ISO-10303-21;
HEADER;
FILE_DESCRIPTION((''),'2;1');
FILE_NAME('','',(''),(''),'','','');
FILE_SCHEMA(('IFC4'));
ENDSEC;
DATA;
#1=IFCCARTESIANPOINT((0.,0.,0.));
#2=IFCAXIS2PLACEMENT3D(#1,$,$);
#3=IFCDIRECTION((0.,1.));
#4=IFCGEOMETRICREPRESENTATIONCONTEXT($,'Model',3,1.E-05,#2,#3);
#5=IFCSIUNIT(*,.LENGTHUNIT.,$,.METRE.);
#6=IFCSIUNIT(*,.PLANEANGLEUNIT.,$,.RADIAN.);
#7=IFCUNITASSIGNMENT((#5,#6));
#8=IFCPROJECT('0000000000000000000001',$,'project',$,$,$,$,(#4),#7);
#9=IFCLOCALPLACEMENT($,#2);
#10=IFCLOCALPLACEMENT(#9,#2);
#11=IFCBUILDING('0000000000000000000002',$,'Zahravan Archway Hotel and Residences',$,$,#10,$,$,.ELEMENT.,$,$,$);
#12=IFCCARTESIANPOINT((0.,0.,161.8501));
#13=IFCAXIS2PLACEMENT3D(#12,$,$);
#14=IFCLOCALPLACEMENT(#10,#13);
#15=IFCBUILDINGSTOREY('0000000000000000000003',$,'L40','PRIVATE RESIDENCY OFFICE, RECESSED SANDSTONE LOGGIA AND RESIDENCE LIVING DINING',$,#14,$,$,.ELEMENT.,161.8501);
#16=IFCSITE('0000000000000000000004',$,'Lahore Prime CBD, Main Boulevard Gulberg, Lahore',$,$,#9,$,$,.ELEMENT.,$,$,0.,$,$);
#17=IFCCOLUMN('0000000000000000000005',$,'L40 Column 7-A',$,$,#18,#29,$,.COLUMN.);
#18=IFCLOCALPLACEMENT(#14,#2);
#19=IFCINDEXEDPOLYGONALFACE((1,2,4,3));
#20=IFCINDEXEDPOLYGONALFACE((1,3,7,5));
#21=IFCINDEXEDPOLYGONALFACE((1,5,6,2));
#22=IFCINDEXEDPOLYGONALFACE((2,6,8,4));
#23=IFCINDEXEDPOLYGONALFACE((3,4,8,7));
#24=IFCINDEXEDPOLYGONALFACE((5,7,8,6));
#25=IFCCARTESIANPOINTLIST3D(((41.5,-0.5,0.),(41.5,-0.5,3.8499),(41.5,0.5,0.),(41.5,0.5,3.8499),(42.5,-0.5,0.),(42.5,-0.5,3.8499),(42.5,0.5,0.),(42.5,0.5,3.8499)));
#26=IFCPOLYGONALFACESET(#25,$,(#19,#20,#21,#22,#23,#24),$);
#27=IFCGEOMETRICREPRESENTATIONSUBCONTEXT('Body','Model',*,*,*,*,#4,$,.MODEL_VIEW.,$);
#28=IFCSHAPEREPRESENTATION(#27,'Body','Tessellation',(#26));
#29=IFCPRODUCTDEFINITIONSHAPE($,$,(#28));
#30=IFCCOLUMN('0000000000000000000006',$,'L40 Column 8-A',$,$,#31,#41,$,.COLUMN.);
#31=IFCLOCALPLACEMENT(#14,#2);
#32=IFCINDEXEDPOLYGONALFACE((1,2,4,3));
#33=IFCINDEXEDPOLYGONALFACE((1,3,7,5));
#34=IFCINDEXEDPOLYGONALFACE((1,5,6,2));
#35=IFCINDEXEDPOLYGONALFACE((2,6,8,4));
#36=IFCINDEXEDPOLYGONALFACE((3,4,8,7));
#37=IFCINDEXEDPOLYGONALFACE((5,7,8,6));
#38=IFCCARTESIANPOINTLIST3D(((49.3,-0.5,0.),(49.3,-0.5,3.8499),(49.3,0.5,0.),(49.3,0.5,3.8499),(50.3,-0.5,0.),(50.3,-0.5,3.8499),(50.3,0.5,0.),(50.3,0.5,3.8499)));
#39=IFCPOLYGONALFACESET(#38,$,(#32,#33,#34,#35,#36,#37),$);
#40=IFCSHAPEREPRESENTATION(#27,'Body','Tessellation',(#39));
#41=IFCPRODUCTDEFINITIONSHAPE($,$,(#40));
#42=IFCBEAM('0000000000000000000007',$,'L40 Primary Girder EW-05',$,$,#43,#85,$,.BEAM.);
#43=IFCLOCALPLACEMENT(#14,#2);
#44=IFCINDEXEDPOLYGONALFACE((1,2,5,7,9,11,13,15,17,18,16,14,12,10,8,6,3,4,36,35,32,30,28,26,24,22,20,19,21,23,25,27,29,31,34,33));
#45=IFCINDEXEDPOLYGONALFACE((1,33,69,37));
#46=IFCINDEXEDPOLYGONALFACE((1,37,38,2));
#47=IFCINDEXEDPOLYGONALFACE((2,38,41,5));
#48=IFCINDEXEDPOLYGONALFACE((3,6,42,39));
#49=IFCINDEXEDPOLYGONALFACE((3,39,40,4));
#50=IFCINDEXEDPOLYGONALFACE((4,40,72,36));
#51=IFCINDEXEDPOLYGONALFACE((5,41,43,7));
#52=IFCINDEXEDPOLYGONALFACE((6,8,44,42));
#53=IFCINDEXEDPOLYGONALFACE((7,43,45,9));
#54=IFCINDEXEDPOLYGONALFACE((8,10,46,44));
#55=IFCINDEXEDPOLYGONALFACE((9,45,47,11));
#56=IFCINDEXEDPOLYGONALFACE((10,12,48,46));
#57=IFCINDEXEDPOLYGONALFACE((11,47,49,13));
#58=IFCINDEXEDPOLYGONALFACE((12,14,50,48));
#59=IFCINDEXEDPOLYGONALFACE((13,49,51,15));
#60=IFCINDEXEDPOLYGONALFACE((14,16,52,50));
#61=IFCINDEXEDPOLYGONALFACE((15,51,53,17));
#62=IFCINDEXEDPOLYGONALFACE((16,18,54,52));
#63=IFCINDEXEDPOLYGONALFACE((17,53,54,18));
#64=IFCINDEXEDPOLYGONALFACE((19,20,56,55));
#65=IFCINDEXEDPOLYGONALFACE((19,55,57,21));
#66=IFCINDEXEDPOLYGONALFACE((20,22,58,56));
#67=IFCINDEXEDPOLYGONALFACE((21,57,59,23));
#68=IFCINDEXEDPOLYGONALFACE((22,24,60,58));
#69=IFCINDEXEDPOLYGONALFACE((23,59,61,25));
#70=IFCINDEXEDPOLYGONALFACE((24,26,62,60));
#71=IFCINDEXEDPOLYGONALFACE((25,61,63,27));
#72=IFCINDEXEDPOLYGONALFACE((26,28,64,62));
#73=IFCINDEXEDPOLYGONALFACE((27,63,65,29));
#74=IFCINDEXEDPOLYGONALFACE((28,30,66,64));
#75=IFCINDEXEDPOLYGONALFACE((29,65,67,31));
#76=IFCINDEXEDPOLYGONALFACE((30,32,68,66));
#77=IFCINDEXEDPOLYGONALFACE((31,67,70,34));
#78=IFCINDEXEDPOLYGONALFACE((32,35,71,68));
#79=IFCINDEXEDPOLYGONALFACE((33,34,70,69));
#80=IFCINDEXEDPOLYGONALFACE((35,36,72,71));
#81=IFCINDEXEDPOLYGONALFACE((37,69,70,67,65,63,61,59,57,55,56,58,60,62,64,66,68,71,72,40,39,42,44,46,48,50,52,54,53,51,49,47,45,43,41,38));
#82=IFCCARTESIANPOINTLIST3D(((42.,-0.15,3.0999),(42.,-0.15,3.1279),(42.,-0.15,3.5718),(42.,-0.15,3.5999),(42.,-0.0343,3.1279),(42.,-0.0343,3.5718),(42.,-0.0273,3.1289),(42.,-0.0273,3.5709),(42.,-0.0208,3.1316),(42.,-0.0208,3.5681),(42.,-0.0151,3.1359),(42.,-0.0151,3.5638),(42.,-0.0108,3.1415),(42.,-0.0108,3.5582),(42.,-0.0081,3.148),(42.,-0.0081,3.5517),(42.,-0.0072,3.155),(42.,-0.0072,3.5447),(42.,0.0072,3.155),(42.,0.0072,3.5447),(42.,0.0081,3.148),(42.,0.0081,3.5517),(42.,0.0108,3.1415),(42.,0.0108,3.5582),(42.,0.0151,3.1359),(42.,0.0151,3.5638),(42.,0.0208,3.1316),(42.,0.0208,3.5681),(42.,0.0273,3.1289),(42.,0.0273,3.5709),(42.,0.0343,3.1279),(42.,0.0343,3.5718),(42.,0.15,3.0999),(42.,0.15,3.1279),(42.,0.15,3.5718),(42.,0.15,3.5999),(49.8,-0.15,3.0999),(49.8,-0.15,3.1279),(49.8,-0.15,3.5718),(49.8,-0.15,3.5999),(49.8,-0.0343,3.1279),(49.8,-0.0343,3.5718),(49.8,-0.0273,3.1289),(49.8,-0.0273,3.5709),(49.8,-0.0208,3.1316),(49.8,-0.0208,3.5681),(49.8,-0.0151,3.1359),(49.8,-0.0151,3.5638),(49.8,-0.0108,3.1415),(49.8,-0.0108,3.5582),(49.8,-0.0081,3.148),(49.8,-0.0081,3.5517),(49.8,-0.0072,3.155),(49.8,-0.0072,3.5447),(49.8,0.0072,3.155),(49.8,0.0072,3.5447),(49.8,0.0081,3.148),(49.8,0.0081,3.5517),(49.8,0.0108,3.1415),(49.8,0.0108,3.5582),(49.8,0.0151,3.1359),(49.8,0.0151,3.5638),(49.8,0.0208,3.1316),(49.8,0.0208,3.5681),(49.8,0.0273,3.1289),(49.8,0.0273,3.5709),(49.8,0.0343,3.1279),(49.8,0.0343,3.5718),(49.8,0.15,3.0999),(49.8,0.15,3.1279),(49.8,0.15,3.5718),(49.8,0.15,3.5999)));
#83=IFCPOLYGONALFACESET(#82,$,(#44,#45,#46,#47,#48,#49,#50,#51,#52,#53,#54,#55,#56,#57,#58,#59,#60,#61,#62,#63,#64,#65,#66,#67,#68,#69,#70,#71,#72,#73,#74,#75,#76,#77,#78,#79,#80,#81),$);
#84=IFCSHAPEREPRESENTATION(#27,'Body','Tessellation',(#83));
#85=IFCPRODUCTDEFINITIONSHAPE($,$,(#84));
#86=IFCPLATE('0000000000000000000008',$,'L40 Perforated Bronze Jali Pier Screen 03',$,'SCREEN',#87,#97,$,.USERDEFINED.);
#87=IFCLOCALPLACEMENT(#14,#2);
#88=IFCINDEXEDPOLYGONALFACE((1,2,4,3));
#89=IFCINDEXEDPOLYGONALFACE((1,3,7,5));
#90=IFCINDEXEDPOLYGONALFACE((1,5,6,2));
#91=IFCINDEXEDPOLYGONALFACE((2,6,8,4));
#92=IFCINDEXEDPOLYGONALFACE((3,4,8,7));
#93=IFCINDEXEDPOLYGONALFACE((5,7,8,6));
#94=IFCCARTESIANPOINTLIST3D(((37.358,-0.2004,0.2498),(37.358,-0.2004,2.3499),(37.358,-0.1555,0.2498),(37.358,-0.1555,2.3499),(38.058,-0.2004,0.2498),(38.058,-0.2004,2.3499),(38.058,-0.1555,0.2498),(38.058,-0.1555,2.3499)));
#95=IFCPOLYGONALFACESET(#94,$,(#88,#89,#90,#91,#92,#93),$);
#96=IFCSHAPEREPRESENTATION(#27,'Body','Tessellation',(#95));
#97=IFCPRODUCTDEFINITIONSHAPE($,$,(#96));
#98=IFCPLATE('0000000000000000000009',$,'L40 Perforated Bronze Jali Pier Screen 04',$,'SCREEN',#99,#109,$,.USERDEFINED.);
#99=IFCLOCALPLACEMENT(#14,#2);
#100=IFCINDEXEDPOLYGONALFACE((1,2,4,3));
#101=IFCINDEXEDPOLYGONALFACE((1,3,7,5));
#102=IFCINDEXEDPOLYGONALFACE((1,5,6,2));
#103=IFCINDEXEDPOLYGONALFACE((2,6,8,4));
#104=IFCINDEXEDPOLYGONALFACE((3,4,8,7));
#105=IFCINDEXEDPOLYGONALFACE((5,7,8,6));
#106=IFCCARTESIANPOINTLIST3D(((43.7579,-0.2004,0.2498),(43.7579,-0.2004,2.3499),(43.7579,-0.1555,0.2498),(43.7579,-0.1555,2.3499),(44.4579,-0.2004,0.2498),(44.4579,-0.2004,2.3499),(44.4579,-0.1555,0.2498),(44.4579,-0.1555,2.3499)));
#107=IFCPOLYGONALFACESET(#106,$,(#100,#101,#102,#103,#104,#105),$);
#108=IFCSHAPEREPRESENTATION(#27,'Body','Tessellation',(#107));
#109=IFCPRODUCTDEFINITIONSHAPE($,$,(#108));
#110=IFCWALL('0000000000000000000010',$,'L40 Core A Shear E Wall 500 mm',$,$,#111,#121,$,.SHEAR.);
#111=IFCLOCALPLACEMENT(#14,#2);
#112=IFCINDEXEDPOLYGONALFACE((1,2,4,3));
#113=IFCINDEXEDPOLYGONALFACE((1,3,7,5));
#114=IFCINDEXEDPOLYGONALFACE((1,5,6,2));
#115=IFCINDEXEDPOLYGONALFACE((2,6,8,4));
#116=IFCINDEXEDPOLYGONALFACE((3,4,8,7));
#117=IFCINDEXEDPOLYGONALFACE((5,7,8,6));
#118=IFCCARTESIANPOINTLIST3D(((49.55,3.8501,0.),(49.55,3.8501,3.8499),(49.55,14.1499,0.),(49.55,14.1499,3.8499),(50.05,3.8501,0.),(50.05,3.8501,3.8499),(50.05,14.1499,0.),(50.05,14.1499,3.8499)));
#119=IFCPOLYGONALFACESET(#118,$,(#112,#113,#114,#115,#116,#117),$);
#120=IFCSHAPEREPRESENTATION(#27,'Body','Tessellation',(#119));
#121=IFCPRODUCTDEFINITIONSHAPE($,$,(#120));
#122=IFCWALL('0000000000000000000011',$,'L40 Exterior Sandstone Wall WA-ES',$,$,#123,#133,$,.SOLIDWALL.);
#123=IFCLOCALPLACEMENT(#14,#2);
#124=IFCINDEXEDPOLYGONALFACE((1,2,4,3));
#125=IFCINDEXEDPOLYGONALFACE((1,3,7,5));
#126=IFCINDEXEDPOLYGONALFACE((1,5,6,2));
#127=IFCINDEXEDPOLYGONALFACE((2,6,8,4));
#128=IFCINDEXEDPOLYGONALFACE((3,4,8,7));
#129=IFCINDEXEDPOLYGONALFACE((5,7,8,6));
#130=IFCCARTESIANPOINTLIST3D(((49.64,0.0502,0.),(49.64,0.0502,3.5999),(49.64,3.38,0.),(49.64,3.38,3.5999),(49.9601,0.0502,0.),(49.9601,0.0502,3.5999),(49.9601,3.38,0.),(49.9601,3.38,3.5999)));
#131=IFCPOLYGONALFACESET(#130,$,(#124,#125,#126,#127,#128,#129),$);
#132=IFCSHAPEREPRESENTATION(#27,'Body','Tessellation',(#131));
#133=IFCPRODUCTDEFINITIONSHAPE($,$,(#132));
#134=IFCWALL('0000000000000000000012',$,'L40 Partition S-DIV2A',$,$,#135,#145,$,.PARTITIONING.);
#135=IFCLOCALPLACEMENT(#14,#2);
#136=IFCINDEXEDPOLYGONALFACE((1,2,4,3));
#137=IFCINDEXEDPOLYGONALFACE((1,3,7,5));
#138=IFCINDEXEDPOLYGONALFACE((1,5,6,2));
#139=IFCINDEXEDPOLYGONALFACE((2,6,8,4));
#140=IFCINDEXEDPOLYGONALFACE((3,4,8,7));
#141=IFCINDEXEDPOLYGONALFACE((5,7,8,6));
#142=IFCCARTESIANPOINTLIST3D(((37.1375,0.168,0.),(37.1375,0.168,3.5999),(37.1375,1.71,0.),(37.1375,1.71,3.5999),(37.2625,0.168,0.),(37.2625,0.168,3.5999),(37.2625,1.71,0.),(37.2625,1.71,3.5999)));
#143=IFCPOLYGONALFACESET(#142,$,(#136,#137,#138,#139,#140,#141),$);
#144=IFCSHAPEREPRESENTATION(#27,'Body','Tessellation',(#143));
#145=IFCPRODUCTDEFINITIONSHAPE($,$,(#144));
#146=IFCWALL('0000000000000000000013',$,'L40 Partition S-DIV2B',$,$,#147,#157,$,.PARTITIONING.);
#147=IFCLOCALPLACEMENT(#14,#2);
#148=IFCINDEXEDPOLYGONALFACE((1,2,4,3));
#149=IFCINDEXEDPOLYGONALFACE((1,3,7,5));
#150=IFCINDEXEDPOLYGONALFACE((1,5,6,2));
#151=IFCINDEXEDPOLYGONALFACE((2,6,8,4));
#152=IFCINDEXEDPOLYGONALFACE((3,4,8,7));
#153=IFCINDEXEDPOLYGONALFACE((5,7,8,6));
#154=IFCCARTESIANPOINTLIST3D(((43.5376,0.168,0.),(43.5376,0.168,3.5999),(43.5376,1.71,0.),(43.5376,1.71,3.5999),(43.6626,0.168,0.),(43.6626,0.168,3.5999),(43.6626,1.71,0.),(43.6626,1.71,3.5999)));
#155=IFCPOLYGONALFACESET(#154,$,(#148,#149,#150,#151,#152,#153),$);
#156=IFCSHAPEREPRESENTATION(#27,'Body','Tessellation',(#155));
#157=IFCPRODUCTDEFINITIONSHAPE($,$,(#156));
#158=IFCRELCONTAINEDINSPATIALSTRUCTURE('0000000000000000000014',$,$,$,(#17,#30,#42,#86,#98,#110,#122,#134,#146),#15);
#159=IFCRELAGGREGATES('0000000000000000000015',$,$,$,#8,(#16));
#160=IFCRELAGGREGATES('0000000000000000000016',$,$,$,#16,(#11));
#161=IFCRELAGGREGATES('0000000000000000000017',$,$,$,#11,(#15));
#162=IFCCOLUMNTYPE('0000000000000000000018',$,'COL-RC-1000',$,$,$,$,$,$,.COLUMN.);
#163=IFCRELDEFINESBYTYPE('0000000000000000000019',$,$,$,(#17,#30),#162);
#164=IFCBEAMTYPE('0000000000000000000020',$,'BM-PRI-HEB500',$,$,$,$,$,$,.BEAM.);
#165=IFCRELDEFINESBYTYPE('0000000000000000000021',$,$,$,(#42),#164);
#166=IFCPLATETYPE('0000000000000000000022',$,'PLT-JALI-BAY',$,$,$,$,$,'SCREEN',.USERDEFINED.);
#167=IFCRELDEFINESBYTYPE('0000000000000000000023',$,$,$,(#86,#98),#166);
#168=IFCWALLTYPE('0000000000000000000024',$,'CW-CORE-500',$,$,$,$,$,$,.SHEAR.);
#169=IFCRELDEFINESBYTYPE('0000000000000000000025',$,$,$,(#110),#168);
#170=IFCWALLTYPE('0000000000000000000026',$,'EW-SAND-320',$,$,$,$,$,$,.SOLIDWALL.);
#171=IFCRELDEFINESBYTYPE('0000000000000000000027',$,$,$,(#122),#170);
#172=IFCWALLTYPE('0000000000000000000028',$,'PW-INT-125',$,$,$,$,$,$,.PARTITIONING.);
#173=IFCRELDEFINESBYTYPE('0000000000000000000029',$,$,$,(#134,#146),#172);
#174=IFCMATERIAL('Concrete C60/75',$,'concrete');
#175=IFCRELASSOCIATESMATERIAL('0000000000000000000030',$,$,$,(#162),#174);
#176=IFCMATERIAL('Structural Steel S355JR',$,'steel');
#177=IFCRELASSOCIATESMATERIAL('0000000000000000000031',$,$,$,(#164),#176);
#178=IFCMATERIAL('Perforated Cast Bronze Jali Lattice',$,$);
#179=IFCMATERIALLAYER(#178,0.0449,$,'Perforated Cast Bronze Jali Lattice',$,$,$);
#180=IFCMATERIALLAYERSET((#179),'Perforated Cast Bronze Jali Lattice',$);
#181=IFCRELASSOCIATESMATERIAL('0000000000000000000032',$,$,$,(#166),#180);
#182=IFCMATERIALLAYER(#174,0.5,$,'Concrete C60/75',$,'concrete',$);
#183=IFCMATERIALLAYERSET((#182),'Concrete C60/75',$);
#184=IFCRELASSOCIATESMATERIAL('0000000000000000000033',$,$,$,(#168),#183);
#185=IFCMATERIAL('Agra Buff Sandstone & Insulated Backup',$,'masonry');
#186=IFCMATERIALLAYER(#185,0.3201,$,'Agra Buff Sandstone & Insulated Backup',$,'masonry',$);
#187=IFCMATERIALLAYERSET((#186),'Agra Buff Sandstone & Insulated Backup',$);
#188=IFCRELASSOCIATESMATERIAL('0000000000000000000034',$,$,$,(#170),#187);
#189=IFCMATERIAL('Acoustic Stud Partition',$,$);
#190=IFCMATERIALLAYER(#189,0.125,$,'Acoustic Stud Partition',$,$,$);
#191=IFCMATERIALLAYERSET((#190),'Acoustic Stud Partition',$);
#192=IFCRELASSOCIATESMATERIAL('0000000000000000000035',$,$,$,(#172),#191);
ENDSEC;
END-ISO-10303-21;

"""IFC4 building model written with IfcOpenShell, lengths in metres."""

from ifc_helpers import new_model, si_unit, direction, frame, frame_2d, origin, origin_2d, place, context, subcontext, project, spatial, rectangle, i_section, extrude, source, transform, mapped, material, layer, layer_set, material_profile, profile_set, type_object, type_shapes, element, save


model = new_model("IFC4")

# Units and contexts
model_context = context("Model", 3, precision=1e-05, world=origin(), true_north=direction((0.0, 1.0)))
body_context = subcontext(model_context, "Body", "Model", "MODEL_VIEW")
ifc_project = project(units=[si_unit("LENGTHUNIT", "METRE"), si_unit("PLANEANGLEUNIT", "RADIAN")], contexts=[model_context])

# Site, building, storey
site_placement = place(None, origin())
site = spatial("IfcSite", under=ifc_project, at=site_placement, Name="Lahore Prime CBD, Main Boulevard Gulberg, Lahore", CompositionType="ELEMENT", RefElevation=0.0)
building_placement = place(site_placement, origin())
building = spatial("IfcBuilding", under=site, at=building_placement, Name="Zahravan Archway Hotel and Residences", CompositionType="ELEMENT")
storey_placement = place(building_placement, frame((0.0, 0.0, 161.8501)))
storey = spatial("IfcBuildingStorey", under=building, at=storey_placement, Name="L40", Description="PRIVATE RESIDENCY OFFICE, RECESSED SANDSTONE LOGGIA AND RESIDENCE LIVING DINING", CompositionType="ELEMENT", Elevation=161.8501)

# Columns
ifc_material_1 = material(Name="Concrete C60/75", Category="concrete")
ifc_material_profile_1 = material_profile(ifc_material_1, rectangle(XDim=1.0, YDim=1.0, at=origin_2d()), Name="RC-COL-1000x1000", Category="concrete")
ifc_profile_set_1 = profile_set([ifc_material_profile_1], Name="Concrete C60/75")
column_type = type_object("IfcColumnType", Name="COL-RC-1000", PredefinedType="COLUMN", material=ifc_profile_set_1)
shared_shape_1 = source(origin(), body_context, "Body", "SweptSolid", [
    extrude(rectangle(XDim=1.0, YDim=1.0, at=origin_2d()), origin(), (0.0, 0.0, 1.0), 3.8499),
])
for number, where, z_axis, x_axis, name in (
    (1, (42.0, 0.0, 0.0), (0.0, 0.0, 1.0), (1.0, 0.0, 0.0), "L40 Column 7-A"),
    (2, (49.8, 0.0, 0.0), (0.0, 0.0, 1.0), (1.0, 0.0, 0.0), "L40 Column 8-A"),
):
    element("IfcColumn", number, at=place(storey_placement, frame(where, z_axis=z_axis, x_axis=x_axis)), inside=storey, type_object=column_type, Name=name, PredefinedType="COLUMN", context=body_context, shape_type="MappedRepresentation", body=[
        mapped(shared_shape_1, transform((0.0, 0.0, 0.0), scale=1.0)),
    ])

# Beam
ifc_material_2 = material(Name="Structural Steel S355JR", Category="steel")
ifc_material_profile_2 = material_profile(ifc_material_2, i_section(OverallWidth=0.3, OverallDepth=0.5, WebThickness=0.0144, FlangeThickness=0.0281, FilletRadius=0.0271, at=origin_2d()), Name="HEB 500", Category="steel")
ifc_profile_set_2 = profile_set([ifc_material_profile_2], Name="Structural Steel S355JR")
beam_type = type_object("IfcBeamType", Name="BM-PRI-HEB500", PredefinedType="BEAM", material=ifc_profile_set_2)
shared_shape_2 = source(origin(), body_context, "Body", "SweptSolid", [
    extrude(i_section(OverallWidth=0.3, OverallDepth=0.5, WebThickness=0.0144, FlangeThickness=0.0281, FilletRadius=0.0271, at=origin_2d()), origin(), (0.0, 0.0, 1.0), 7.8),
])
beam_placement = place(storey_placement, frame((42.0, 0.0, 3.3499), z_axis=(1.0, 0.0, 0.0), x_axis=(0.0, 1.0, 0.0)))
element("IfcBeam", 3, at=beam_placement, inside=storey, type_object=beam_type, Name="L40 Primary Girder EW-05", PredefinedType="BEAM", context=body_context, shape_type="MappedRepresentation", body=[
    mapped(shared_shape_2, transform((0.0, 0.0, 0.0), scale=1.0)),
])

# Plates
ifc_material_3 = material(Name="Perforated Cast Bronze Jali Lattice")
ifc_layer_1 = layer(ifc_material_3, 0.0449, Name="Perforated Cast Bronze Jali Lattice")
ifc_layer_set_1 = layer_set([ifc_layer_1], Name="Perforated Cast Bronze Jali Lattice")
plate_type = type_object("IfcPlateType", Name="PLT-JALI-BAY", ElementType="SCREEN", PredefinedType="USERDEFINED", material=ifc_layer_set_1)
shared_shape_3 = source(origin(), body_context, "Body", "SweptSolid", [
    extrude(rectangle(XDim=0.7, YDim=0.0449, at=origin_2d()), origin(), (0.0, 0.0, 1.0), 2.1001),
])
type_shapes(plate_type, [shared_shape_3])
for number, where, z_axis, x_axis, name in (
    (4, (37.708, -0.178, 0.2498), (0.0, 0.0, 1.0), (1.0, 0.0, 0.0), "L40 Perforated Bronze Jali Pier Screen 03"),
    (5, (44.1079, -0.178, 0.2498), (0.0, 0.0, 1.0), (1.0, 0.0, 0.0), "L40 Perforated Bronze Jali Pier Screen 04"),
):
    element("IfcPlate", number, at=place(storey_placement, frame(where, z_axis=z_axis, x_axis=x_axis)), inside=storey, type_object=plate_type, Name=name, ObjectType="SCREEN", PredefinedType="USERDEFINED", context=body_context, shape_type="MappedRepresentation", body=[
        mapped(shared_shape_3, transform((0.0, 0.0, 0.0), scale=1.0)),
    ])

# Walls
ifc_layer_2 = layer(ifc_material_1, 0.5, Name="Concrete C60/75", Category="concrete")
ifc_layer_set_2 = layer_set([ifc_layer_2], Name="Concrete C60/75")
wall_type_1 = type_object("IfcWallType", Name="CW-CORE-500", PredefinedType="SHEAR", material=ifc_layer_set_2)
wall_1_placement = place(storey_placement, frame((49.8, 3.8501, 0.0), z_axis=(0.0, 0.0, 1.0), x_axis=(0.0, 1.0, 0.0)))
element("IfcWall", 6, at=wall_1_placement, inside=storey, type_object=wall_type_1, Name="L40 Core A Shear E Wall 500 mm", PredefinedType="SHEAR", context=body_context, shape_type="SweptSolid", body=[
    extrude(rectangle(XDim=10.2998, YDim=0.5, at=frame_2d((5.1499, 0.0))), origin(), (0.0, 0.0, 1.0), 3.8499),
])
ifc_material_4 = material(Name="Agra Buff Sandstone & Insulated Backup", Category="masonry")
ifc_layer_3 = layer(ifc_material_4, 0.3201, Name="Agra Buff Sandstone & Insulated Backup", Category="masonry")
ifc_layer_set_3 = layer_set([ifc_layer_3], Name="Agra Buff Sandstone & Insulated Backup")
wall_type_2 = type_object("IfcWallType", Name="EW-SAND-320", PredefinedType="SOLIDWALL", material=ifc_layer_set_3)
wall_2_placement = place(storey_placement, frame((49.8, 0.05, 0.0), z_axis=(0.0, 0.0, 1.0), x_axis=(0.0, 1.0, 0.0)))
element("IfcWall", 7, at=wall_2_placement, inside=storey, type_object=wall_type_2, Name="L40 Exterior Sandstone Wall WA-ES", PredefinedType="SOLIDWALL", context=body_context, shape_type="SweptSolid", body=[
    extrude(rectangle(XDim=3.3298, YDim=0.3201, at=frame_2d((1.665, 0.0))), origin(), (0.0, 0.0, 1.0), 3.5999),
])
ifc_material_5 = material(Name="Acoustic Stud Partition")
ifc_layer_4 = layer(ifc_material_5, 0.125, Name="Acoustic Stud Partition")
ifc_layer_set_4 = layer_set([ifc_layer_4], Name="Acoustic Stud Partition")
wall_type_3 = type_object("IfcWallType", Name="PW-INT-125", PredefinedType="PARTITIONING", material=ifc_layer_set_4)
for number, where, z_axis, x_axis, name in (
    (8, (37.2, 0.168, 0.0), (0.0, 0.0, 1.0), (0.0, 1.0, 0.0), "L40 Partition S-DIV2A"),
    (9, (43.6001, 0.168, 0.0), (0.0, 0.0, 1.0), (0.0, 1.0, 0.0), "L40 Partition S-DIV2B"),
):
    element("IfcWall", number, at=place(storey_placement, frame(where, z_axis=z_axis, x_axis=x_axis)), inside=storey, type_object=wall_type_3, Name=name, PredefinedType="PARTITIONING", context=body_context, shape_type="SweptSolid", body=[
        extrude(rectangle(XDim=1.542, YDim=0.125, at=frame_2d((0.771, 0.0))), origin(), (0.0, 0.0, 1.0), 3.5999),
    ])

save(model, "model.ifc")
